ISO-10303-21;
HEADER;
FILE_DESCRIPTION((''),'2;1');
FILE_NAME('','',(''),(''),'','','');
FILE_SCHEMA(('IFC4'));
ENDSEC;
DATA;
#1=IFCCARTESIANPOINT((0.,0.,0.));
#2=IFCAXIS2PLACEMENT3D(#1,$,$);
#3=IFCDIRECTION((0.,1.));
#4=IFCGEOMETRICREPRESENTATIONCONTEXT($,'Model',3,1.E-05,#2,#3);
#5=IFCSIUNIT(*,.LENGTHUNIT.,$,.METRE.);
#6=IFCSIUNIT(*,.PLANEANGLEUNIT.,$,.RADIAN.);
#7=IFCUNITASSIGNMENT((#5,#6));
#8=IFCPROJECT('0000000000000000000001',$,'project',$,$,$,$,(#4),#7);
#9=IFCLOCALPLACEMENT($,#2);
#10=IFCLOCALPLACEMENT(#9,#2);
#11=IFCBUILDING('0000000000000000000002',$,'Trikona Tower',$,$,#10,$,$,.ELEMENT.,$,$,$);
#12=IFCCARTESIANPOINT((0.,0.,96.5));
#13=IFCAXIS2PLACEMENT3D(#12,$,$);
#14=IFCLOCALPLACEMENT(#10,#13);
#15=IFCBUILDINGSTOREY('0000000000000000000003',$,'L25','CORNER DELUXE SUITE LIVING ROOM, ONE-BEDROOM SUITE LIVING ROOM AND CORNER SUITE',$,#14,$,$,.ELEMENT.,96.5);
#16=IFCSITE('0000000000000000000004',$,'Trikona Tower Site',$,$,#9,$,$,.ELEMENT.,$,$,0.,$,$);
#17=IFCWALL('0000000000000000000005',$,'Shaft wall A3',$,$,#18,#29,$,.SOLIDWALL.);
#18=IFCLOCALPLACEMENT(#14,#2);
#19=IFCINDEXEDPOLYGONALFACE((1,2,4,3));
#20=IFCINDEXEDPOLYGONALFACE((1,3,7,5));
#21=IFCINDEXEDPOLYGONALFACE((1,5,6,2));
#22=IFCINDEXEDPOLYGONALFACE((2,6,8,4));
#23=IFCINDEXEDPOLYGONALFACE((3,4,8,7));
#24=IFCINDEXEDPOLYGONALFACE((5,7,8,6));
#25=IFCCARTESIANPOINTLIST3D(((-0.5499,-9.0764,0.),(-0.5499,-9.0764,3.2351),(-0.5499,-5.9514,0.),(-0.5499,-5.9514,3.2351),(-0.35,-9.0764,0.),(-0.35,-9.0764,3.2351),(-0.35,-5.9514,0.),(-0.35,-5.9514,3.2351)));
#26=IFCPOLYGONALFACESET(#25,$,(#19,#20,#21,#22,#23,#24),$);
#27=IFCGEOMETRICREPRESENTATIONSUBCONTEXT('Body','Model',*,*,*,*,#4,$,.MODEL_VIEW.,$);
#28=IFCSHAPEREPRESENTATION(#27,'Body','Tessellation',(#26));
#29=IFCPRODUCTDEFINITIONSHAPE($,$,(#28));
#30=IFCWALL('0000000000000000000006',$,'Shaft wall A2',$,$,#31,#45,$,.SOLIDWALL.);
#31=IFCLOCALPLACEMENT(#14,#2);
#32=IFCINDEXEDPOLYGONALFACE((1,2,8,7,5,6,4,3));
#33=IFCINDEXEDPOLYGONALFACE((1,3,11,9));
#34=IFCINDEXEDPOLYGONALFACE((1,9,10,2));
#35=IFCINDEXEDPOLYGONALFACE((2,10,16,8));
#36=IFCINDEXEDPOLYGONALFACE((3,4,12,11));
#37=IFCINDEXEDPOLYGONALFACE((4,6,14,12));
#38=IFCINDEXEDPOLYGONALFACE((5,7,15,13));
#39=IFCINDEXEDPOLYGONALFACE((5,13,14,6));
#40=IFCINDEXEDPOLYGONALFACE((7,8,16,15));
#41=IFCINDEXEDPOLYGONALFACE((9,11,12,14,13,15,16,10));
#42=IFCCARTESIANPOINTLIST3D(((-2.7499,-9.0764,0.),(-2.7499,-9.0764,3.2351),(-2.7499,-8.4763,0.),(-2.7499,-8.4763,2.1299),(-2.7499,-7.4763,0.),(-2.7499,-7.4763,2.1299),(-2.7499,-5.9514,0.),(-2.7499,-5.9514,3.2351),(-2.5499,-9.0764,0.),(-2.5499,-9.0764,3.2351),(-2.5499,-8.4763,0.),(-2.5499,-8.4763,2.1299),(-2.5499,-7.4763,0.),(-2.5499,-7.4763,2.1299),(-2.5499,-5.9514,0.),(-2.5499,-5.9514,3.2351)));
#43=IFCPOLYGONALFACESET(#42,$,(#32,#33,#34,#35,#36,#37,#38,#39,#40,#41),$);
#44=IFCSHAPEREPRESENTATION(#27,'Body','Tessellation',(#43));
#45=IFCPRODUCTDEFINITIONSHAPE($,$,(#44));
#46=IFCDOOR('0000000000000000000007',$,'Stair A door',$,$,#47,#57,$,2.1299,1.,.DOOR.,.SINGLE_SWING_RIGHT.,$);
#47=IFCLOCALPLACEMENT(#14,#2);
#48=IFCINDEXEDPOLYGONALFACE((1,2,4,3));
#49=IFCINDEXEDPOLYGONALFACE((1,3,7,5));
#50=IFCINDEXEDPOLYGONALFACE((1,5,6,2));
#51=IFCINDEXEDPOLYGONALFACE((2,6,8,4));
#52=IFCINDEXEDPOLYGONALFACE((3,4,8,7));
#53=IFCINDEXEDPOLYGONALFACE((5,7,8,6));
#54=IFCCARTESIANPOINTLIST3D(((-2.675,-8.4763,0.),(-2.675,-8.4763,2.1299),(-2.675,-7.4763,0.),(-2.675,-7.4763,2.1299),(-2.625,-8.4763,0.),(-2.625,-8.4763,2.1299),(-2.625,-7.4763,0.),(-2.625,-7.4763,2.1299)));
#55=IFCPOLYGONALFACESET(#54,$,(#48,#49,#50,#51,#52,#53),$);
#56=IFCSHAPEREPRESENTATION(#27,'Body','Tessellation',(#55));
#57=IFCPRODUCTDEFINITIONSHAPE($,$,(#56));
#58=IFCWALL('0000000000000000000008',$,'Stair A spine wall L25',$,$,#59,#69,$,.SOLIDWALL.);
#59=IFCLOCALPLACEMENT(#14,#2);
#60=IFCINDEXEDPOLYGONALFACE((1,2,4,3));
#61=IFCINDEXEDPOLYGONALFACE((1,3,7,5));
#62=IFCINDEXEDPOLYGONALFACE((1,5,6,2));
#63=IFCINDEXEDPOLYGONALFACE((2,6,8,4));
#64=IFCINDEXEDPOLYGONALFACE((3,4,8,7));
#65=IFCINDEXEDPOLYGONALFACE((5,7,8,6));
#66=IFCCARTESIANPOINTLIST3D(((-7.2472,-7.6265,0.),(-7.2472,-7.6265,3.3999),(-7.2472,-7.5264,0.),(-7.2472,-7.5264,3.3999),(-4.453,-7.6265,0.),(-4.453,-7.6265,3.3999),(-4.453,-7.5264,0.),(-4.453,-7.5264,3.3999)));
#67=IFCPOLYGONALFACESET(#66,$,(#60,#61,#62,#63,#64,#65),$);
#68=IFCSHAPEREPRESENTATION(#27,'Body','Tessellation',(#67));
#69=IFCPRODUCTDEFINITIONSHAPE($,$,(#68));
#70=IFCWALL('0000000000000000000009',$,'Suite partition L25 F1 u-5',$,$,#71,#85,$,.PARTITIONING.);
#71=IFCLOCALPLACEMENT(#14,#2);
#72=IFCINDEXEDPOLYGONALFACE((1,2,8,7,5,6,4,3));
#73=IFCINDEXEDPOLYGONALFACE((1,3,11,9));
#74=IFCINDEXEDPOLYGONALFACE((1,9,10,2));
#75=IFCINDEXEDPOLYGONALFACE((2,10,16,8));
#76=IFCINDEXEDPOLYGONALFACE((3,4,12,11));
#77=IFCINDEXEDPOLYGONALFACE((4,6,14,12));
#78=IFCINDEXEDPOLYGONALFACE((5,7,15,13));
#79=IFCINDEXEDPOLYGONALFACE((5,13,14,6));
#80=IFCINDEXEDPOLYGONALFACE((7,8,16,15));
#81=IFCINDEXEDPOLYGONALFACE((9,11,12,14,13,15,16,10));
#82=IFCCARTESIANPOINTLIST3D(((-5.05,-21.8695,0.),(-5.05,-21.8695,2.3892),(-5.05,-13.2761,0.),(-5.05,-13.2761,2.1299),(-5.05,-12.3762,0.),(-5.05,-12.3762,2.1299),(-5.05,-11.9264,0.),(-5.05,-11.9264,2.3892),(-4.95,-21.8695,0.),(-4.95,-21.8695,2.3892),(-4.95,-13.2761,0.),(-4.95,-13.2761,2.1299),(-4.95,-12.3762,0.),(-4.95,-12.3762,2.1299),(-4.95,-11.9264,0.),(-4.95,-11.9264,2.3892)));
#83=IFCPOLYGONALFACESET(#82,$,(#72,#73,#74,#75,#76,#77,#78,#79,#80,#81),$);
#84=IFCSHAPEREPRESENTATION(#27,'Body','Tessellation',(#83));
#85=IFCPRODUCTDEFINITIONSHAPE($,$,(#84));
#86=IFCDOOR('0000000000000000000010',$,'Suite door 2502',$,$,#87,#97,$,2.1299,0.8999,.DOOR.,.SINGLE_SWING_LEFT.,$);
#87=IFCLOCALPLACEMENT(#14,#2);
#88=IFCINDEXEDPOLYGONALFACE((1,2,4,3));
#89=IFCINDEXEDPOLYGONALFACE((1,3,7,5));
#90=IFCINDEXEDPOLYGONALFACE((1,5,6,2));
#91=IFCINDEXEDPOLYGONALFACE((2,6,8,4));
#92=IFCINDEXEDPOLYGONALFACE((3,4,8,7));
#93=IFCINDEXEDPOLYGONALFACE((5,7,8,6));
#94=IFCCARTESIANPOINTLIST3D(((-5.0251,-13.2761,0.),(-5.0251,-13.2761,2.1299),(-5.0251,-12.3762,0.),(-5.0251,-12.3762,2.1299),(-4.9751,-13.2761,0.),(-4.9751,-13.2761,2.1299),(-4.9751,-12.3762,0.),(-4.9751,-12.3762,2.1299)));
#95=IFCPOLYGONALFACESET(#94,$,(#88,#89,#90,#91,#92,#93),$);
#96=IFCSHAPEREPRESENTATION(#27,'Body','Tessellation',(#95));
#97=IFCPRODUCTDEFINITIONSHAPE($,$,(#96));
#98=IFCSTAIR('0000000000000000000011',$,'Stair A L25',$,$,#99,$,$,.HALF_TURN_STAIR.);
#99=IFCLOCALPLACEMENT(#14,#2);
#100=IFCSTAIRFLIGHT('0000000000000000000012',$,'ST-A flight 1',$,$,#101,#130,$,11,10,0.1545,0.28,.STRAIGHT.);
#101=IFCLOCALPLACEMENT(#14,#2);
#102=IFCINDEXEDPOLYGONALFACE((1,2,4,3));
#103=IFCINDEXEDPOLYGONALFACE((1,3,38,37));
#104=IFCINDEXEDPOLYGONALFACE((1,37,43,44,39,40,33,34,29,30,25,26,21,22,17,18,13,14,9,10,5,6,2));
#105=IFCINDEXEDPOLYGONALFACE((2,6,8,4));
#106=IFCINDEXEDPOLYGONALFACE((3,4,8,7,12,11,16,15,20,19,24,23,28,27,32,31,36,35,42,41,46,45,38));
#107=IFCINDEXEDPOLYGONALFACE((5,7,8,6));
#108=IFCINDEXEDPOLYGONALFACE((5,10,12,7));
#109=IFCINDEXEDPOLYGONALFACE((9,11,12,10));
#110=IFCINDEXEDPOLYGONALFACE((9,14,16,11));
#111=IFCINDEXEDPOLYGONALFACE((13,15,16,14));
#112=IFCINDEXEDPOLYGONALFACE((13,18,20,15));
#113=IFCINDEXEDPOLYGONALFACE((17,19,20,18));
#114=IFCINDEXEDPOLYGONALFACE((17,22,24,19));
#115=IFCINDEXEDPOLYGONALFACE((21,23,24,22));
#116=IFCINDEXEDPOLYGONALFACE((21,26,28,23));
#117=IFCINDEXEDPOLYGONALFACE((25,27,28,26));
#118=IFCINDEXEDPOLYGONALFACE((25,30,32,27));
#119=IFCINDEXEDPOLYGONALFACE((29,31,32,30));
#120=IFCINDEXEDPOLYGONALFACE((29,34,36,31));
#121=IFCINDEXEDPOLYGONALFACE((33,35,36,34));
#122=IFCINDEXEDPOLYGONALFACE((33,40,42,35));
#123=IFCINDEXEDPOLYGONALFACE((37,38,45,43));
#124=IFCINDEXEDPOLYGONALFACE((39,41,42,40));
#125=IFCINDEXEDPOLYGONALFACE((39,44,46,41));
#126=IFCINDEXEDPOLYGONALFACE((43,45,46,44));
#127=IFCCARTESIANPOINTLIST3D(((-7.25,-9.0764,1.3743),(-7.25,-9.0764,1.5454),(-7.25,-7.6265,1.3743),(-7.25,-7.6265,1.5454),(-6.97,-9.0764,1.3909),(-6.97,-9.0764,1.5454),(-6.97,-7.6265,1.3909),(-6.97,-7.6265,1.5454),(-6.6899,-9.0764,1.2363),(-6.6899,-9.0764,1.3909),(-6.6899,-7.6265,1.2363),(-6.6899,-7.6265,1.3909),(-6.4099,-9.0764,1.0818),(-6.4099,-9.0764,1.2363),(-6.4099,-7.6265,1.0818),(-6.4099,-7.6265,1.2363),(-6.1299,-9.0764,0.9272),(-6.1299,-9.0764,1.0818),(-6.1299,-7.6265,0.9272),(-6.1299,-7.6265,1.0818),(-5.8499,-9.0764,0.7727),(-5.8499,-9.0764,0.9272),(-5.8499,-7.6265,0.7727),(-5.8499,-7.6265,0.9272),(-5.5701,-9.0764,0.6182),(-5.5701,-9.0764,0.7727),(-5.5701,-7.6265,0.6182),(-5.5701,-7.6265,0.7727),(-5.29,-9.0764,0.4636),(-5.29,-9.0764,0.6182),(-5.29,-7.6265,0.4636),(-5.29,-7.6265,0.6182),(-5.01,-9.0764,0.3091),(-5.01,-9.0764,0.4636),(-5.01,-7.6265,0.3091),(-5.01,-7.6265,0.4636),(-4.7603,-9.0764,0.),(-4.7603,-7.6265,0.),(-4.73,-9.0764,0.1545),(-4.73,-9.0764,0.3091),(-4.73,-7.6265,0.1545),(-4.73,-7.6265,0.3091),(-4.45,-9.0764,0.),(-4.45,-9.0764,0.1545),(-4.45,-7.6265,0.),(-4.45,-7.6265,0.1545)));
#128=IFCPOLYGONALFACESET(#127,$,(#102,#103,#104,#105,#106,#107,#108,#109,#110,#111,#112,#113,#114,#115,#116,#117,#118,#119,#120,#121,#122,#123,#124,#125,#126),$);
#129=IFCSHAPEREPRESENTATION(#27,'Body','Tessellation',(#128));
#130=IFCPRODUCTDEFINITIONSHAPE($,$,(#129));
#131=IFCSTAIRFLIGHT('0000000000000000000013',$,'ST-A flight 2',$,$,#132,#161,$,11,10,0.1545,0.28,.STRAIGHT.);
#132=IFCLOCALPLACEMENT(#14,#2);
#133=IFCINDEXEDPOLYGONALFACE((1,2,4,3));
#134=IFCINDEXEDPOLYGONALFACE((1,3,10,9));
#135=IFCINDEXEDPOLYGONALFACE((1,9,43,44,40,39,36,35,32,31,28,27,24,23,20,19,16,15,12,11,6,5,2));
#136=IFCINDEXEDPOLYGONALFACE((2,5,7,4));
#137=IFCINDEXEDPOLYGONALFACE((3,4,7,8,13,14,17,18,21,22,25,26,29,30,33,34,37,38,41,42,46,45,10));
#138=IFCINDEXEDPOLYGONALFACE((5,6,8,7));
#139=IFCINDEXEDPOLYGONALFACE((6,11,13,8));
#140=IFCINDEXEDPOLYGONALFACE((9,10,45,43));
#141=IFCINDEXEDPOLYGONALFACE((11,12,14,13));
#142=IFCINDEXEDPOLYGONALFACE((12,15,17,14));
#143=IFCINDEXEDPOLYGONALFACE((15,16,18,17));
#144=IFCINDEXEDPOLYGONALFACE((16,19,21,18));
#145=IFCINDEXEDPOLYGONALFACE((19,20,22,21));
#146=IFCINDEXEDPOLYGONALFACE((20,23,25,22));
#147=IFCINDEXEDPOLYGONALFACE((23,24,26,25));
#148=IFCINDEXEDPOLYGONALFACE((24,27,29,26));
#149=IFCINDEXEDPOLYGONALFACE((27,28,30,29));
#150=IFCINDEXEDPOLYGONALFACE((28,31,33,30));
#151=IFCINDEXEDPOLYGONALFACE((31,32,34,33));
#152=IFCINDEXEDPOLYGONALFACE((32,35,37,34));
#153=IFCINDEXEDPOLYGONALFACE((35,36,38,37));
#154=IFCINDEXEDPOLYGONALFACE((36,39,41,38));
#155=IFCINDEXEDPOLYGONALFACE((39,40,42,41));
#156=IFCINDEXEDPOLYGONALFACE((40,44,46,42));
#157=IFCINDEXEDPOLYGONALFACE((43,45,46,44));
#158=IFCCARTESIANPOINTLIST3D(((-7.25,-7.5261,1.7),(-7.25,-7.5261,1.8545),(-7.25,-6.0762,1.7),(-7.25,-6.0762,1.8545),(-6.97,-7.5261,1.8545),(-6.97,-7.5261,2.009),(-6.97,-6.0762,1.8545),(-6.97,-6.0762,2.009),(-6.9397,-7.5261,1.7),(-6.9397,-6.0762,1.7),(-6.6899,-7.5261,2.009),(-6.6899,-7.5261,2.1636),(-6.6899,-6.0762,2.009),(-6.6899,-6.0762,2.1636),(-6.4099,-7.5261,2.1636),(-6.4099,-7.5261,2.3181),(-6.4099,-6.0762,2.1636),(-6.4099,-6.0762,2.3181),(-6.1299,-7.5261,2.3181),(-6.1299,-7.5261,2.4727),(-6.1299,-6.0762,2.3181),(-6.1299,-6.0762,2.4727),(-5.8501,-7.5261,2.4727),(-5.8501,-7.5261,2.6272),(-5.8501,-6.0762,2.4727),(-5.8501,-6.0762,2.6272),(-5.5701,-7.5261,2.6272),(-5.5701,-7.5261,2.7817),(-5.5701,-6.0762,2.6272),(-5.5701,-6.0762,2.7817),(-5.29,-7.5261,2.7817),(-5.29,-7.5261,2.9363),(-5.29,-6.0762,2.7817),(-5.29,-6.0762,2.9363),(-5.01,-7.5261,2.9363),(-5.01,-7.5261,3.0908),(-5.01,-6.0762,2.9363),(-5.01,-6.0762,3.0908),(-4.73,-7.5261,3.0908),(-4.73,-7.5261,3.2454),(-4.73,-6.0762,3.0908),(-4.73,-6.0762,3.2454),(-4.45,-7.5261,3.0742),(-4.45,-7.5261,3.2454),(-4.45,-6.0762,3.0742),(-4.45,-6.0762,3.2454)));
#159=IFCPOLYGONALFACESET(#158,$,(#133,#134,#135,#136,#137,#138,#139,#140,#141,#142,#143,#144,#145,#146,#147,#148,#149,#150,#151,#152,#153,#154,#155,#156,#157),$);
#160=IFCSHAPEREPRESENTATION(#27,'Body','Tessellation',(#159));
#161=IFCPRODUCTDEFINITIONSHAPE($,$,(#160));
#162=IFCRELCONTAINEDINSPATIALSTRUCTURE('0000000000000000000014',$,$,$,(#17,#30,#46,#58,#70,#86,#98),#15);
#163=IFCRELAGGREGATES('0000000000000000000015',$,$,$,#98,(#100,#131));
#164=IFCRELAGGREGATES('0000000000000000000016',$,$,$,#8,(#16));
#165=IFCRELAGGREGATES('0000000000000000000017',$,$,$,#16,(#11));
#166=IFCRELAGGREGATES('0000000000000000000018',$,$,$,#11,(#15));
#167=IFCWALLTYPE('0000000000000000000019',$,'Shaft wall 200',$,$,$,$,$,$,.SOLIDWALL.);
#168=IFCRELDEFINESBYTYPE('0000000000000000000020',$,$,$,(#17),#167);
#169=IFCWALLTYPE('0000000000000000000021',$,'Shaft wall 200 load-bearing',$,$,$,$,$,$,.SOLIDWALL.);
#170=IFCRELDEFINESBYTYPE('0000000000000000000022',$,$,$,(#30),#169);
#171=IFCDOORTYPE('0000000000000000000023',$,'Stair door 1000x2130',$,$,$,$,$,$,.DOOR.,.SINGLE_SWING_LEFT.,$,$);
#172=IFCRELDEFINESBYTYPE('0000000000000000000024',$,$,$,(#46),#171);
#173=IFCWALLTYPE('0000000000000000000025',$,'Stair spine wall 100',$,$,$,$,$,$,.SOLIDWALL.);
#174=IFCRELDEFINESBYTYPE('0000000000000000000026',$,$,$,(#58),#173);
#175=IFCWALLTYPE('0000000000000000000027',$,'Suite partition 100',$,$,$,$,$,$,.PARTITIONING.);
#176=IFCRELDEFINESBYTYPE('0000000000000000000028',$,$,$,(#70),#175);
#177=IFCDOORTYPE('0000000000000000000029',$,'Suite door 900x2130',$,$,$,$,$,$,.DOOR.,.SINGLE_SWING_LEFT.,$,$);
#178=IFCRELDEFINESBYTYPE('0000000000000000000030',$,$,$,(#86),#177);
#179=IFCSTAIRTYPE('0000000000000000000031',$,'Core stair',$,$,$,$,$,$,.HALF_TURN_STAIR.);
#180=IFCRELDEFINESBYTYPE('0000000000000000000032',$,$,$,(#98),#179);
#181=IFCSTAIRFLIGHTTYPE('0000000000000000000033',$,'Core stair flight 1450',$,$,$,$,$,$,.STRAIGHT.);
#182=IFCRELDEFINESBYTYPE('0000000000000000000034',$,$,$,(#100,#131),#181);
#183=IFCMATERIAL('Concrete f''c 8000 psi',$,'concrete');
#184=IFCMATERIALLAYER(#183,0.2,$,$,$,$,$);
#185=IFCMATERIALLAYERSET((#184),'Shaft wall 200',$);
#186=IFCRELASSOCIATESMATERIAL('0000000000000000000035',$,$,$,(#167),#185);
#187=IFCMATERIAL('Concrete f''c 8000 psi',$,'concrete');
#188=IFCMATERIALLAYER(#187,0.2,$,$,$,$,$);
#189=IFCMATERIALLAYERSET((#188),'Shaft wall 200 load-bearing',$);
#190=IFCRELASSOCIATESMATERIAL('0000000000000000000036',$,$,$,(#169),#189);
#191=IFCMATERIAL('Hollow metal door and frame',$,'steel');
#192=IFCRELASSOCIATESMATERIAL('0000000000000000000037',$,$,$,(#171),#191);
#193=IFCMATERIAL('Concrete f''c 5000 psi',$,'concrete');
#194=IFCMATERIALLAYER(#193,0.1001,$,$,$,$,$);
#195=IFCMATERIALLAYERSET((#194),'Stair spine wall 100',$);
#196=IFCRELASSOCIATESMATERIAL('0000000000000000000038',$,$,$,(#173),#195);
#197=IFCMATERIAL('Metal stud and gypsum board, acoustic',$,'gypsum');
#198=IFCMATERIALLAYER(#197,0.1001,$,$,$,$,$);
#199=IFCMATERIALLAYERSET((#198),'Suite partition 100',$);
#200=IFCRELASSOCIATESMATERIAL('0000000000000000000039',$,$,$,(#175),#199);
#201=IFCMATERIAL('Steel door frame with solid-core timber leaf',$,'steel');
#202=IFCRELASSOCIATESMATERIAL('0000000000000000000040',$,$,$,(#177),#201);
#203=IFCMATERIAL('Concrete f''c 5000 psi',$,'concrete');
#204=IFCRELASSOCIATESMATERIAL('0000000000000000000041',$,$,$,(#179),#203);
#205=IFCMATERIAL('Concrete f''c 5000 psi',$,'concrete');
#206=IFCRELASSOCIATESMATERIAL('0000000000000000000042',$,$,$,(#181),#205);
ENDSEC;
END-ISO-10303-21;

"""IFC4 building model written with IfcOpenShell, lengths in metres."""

from ifc_helpers import new_model, si_unit, direction, frame, frame_2d, origin, place, context, subcontext, project, spatial, polyline, rectangle, outline, extrude, material, layer, layer_set, type_object, element, fill, aggregate, save


model = new_model("IFC4")

# Units and contexts
model_context = context("Model", 3, precision=1e-05, world=origin(), true_north=direction((0.0, 1.0)))
body_context = subcontext(model_context, "Body", "Model", "MODEL_VIEW")
ifc_project = project(units=[si_unit("LENGTHUNIT", "METRE"), si_unit("PLANEANGLEUNIT", "RADIAN")], contexts=[model_context])

# Site, building, storey
site_placement = place(None, origin())
site = spatial("IfcSite", under=ifc_project, at=site_placement, Name="Trikona Tower Site", CompositionType="ELEMENT", RefElevation=0.0)
building_placement = place(site_placement, origin())
building = spatial("IfcBuilding", under=site, at=building_placement, Name="Trikona Tower", CompositionType="ELEMENT")
storey_placement = place(building_placement, frame((0.0, 0.0, 96.5)))
storey = spatial("IfcBuildingStorey", under=building, at=storey_placement, Name="L25", Description="CORNER DELUXE SUITE LIVING ROOM, ONE-BEDROOM SUITE LIVING ROOM AND CORNER SUITE", CompositionType="ELEMENT", Elevation=96.5)

# Wall
ifc_material_1 = material(Name="Concrete f'c 8000 psi", Category="concrete")
ifc_layer_1 = layer(ifc_material_1, 0.2)
ifc_layer_set_1 = layer_set([ifc_layer_1], Name="Shaft wall 200")
wall_type_1 = type_object("IfcWallType", Name="Shaft wall 200", PredefinedType="SOLIDWALL", material=ifc_layer_set_1)
wall_1_placement = place(storey_placement, frame((-0.45, -5.9514, 0.0), z_axis=(0.0, 0.0, 1.0), x_axis=(0.0, -1.0, 0.0)))
element("IfcWall", 1, at=wall_1_placement, inside=storey, type_object=wall_type_1, Name="Shaft wall A3", PredefinedType="SOLIDWALL", context=body_context, shape_type="SweptSolid", body=[
    extrude(rectangle(XDim=3.125, YDim=0.2, at=frame_2d((1.5625, 0.0))), origin(), (0.0, 0.0, 1.0), 3.2351),
])

# Wall, opening, door
ifc_material_2 = material(Name="Concrete f'c 8000 psi", Category="concrete")
ifc_layer_2 = layer(ifc_material_2, 0.2)
ifc_layer_set_2 = layer_set([ifc_layer_2], Name="Shaft wall 200 load-bearing")
wall_type_2 = type_object("IfcWallType", Name="Shaft wall 200 load-bearing", PredefinedType="SOLIDWALL", material=ifc_layer_set_2)
wall_2_placement = place(storey_placement, frame((-2.6499, -5.9514, 0.0), z_axis=(0.0, 0.0, 1.0), x_axis=(0.0, -1.0, 0.0)))
wall_2 = element("IfcWall", 2, at=wall_2_placement, inside=storey, type_object=wall_type_2, Name="Shaft wall A2", PredefinedType="SOLIDWALL", context=body_context, shape_type="SweptSolid", body=[
    extrude(rectangle(XDim=3.125, YDim=0.2, at=frame_2d((1.5625, 0.0))), origin(), (0.0, 0.0, 1.0), 3.2351),
])
opening_1_placement = place(wall_2_placement, frame((1.5249, 0.0, 0.0)))
opening_1 = element("IfcOpeningElement", 3, at=opening_1_placement, cuts=wall_2, PredefinedType="OPENING", context=body_context, shape_type="SweptSolid", body=[
    extrude(rectangle(XDim=1.0, YDim=2.1299, at=frame_2d((0.5, 1.0649))), frame((0.0, 0.1099, 0.0), z_axis=(0.0, -1.0, 0.0), x_axis=(1.0, 0.0, 0.0)), (0.0, 0.0, 1.0), 0.22),
])
ifc_material_3 = material(Name="Hollow metal door and frame", Category="steel")
door_type_1 = type_object("IfcDoorType", Name="Stair door 1000x2130", OperationType="SINGLE_SWING_LEFT", PredefinedType="DOOR", material=ifc_material_3)
door_1_placement = place(opening_1_placement, origin())
door_1 = element("IfcDoor", 4, at=door_1_placement, inside=storey, type_object=door_type_1, Name="Stair A door", OperationType="SINGLE_SWING_RIGHT", OverallHeight=2.1299, OverallWidth=1.0, PredefinedType="DOOR", context=body_context, shape_type="SweptSolid", body=[
    extrude(rectangle(XDim=1.0, YDim=2.1299, at=frame_2d((0.5, 1.0649))), frame((0.0, 0.0249, 0.0), z_axis=(0.0, -1.0, 0.0), x_axis=(1.0, 0.0, 0.0)), (0.0, 0.0, 1.0), 0.05),
])
fill(opening_1, door_1)

# Wall
ifc_material_4 = material(Name="Concrete f'c 5000 psi", Category="concrete")
ifc_layer_3 = layer(ifc_material_4, 0.1001)
ifc_layer_set_3 = layer_set([ifc_layer_3], Name="Stair spine wall 100")
wall_type_3 = type_object("IfcWallType", Name="Stair spine wall 100", PredefinedType="SOLIDWALL", material=ifc_layer_set_3)
wall_3_placement = place(storey_placement, frame((-7.2471, -7.5764, 0.0), z_axis=(0.0, 0.0, 1.0), x_axis=(1.0, 0.0, 0.0)))
element("IfcWall", 5, at=wall_3_placement, inside=storey, type_object=wall_type_3, Name="Stair A spine wall L25", PredefinedType="SOLIDWALL", context=body_context, shape_type="SweptSolid", body=[
    extrude(rectangle(XDim=2.7942, YDim=0.1001, at=frame_2d((1.397, 0.0))), origin(), (0.0, 0.0, 1.0), 3.3999),
])

# Wall, opening, door
ifc_material_5 = material(Name="Metal stud and gypsum board, acoustic", Category="gypsum")
ifc_layer_4 = layer(ifc_material_5, 0.1001)
ifc_layer_set_4 = layer_set([ifc_layer_4], Name="Suite partition 100")
wall_type_4 = type_object("IfcWallType", Name="Suite partition 100", PredefinedType="PARTITIONING", material=ifc_layer_set_4)
wall_4_placement = place(storey_placement, frame((-5.0, -11.9263, 0.0), z_axis=(0.0, 0.0, 1.0), x_axis=(0.0, -1.0, 0.0)))
wall_4 = element("IfcWall", 6, at=wall_4_placement, inside=storey, type_object=wall_type_4, Name="Suite partition L25 F1 u-5", PredefinedType="PARTITIONING", context=body_context, shape_type="SweptSolid", body=[
    extrude(rectangle(XDim=9.9431, YDim=0.1001, at=frame_2d((4.9717, 0.0))), origin(), (0.0, 0.0, 1.0), 2.3892),
])
opening_2_placement = place(wall_4_placement, frame((0.45, 0.0, 0.0)))
opening_2 = element("IfcOpeningElement", 7, at=opening_2_placement, cuts=wall_4, PredefinedType="OPENING", context=body_context, shape_type="SweptSolid", body=[
    extrude(rectangle(XDim=0.8999, YDim=2.1299, at=frame_2d((0.45, 1.0649))), frame((0.0, 0.0601, 0.0), z_axis=(0.0, -1.0, 0.0), x_axis=(1.0, 0.0, 0.0)), (0.0, 0.0, 1.0), 0.1201),
])
ifc_material_6 = material(Name="Steel door frame with solid-core timber leaf", Category="steel")
door_type_2 = type_object("IfcDoorType", Name="Suite door 900x2130", OperationType="SINGLE_SWING_LEFT", PredefinedType="DOOR", material=ifc_material_6)
door_2_placement = place(opening_2_placement, origin())
door_2 = element("IfcDoor", 8, at=door_2_placement, inside=storey, type_object=door_type_2, Name="Suite door 2502", OperationType="SINGLE_SWING_LEFT", OverallHeight=2.1299, OverallWidth=0.8999, PredefinedType="DOOR", context=body_context, shape_type="SweptSolid", body=[
    extrude(rectangle(XDim=0.8999, YDim=2.1299, at=frame_2d((0.45, 1.0649))), frame((0.0, 0.0249, 0.0), z_axis=(0.0, -1.0, 0.0), x_axis=(1.0, 0.0, 0.0)), (0.0, 0.0, 1.0), 0.05),
])
fill(opening_2, door_2)

# Stair, stair flights
ifc_material_7 = material(Name="Concrete f'c 5000 psi", Category="concrete")
stair_type = type_object("IfcStairType", Name="Core stair", PredefinedType="HALF_TURN_STAIR", material=ifc_material_7)
stair_placement = place(storey_placement, origin())
stair = element("IfcStair", 9, at=stair_placement, inside=storey, type_object=stair_type, Name="Stair A L25", PredefinedType="HALF_TURN_STAIR")
ifc_material_8 = material(Name="Concrete f'c 5000 psi", Category="concrete")
stair_flight_type = type_object("IfcStairFlightType", Name="Core stair flight 1450", PredefinedType="STRAIGHT", material=ifc_material_8)
stair_flight_1_placement = place(storey_placement, frame((-4.45, -8.3513, 0.0), z_axis=(0.0, 0.0, 1.0), x_axis=(-1.0, 0.0, 0.0)))
stair_flight_1 = element("IfcStairFlight", 10, at=stair_flight_1_placement, type_object=stair_flight_type, Name="ST-A flight 1", NumberOfRisers=11, NumberOfTreads=10, PredefinedType="STRAIGHT", RiserHeight=0.1545, TreadLength=0.28, context=body_context, shape_type="SweptSolid", body=[
    extrude(outline(polyline([(0.0, 0.0), (0.0, 0.1545), (0.28, 0.1545), (0.28, 0.3091), (0.5601, 0.3091), (0.5601, 0.4636), (0.8401, 0.4636), (0.8401, 0.6182), (1.1201, 0.6182), (1.1201, 0.7727), (1.3999, 0.7727), (1.3999, 0.9272), (1.6799, 0.9272), (1.6799, 1.0818), (1.96, 1.0818), (1.96, 1.2363), (2.24, 1.2363), (2.24, 1.3909), (2.52, 1.3909), (2.52, 1.5454), (2.8, 1.5454), (2.8, 1.7), (2.8, 1.3743), (0.3103, 0.0), (0.0, 0.0)])), frame((0.0, 0.7251, 0.0), z_axis=(0.0, -1.0, 0.0), x_axis=(1.0, 0.0, 0.0)), (0.0, 0.0, 1.0), 1.45),
])
stair_flight_2_placement = place(storey_placement, frame((-7.25, -6.8013, 1.7), z_axis=(0.0, 0.0, 1.0), x_axis=(1.0, 0.0, 0.0)))
stair_flight_2 = element("IfcStairFlight", 11, at=stair_flight_2_placement, type_object=stair_flight_type, Name="ST-A flight 2", NumberOfRisers=11, NumberOfTreads=10, PredefinedType="STRAIGHT", RiserHeight=0.1545, TreadLength=0.28, context=body_context, shape_type="SweptSolid", body=[
    extrude(outline(polyline([(0.0, 0.0), (0.0, 0.1545), (0.28, 0.1545), (0.28, 0.3091), (0.5601, 0.3091), (0.5601, 0.4636), (0.8401, 0.4636), (0.8401, 0.6182), (1.1201, 0.6182), (1.1201, 0.7727), (1.3999, 0.7727), (1.3999, 0.9272), (1.6799, 0.9272), (1.6799, 1.0818), (1.96, 1.0818), (1.96, 1.2363), (2.24, 1.2363), (2.24, 1.3909), (2.52, 1.3909), (2.52, 1.5454), (2.8, 1.5454), (2.8, 1.7), (2.8, 1.3743), (0.3103, 0.0), (0.0, 0.0)])), frame((0.0, 0.7251, 0.0), z_axis=(0.0, -1.0, 0.0), x_axis=(1.0, 0.0, 0.0)), (0.0, 0.0, 1.0), 1.45),
])
aggregate(stair, [stair_flight_1, stair_flight_2])

save(model, "model.ifc")
